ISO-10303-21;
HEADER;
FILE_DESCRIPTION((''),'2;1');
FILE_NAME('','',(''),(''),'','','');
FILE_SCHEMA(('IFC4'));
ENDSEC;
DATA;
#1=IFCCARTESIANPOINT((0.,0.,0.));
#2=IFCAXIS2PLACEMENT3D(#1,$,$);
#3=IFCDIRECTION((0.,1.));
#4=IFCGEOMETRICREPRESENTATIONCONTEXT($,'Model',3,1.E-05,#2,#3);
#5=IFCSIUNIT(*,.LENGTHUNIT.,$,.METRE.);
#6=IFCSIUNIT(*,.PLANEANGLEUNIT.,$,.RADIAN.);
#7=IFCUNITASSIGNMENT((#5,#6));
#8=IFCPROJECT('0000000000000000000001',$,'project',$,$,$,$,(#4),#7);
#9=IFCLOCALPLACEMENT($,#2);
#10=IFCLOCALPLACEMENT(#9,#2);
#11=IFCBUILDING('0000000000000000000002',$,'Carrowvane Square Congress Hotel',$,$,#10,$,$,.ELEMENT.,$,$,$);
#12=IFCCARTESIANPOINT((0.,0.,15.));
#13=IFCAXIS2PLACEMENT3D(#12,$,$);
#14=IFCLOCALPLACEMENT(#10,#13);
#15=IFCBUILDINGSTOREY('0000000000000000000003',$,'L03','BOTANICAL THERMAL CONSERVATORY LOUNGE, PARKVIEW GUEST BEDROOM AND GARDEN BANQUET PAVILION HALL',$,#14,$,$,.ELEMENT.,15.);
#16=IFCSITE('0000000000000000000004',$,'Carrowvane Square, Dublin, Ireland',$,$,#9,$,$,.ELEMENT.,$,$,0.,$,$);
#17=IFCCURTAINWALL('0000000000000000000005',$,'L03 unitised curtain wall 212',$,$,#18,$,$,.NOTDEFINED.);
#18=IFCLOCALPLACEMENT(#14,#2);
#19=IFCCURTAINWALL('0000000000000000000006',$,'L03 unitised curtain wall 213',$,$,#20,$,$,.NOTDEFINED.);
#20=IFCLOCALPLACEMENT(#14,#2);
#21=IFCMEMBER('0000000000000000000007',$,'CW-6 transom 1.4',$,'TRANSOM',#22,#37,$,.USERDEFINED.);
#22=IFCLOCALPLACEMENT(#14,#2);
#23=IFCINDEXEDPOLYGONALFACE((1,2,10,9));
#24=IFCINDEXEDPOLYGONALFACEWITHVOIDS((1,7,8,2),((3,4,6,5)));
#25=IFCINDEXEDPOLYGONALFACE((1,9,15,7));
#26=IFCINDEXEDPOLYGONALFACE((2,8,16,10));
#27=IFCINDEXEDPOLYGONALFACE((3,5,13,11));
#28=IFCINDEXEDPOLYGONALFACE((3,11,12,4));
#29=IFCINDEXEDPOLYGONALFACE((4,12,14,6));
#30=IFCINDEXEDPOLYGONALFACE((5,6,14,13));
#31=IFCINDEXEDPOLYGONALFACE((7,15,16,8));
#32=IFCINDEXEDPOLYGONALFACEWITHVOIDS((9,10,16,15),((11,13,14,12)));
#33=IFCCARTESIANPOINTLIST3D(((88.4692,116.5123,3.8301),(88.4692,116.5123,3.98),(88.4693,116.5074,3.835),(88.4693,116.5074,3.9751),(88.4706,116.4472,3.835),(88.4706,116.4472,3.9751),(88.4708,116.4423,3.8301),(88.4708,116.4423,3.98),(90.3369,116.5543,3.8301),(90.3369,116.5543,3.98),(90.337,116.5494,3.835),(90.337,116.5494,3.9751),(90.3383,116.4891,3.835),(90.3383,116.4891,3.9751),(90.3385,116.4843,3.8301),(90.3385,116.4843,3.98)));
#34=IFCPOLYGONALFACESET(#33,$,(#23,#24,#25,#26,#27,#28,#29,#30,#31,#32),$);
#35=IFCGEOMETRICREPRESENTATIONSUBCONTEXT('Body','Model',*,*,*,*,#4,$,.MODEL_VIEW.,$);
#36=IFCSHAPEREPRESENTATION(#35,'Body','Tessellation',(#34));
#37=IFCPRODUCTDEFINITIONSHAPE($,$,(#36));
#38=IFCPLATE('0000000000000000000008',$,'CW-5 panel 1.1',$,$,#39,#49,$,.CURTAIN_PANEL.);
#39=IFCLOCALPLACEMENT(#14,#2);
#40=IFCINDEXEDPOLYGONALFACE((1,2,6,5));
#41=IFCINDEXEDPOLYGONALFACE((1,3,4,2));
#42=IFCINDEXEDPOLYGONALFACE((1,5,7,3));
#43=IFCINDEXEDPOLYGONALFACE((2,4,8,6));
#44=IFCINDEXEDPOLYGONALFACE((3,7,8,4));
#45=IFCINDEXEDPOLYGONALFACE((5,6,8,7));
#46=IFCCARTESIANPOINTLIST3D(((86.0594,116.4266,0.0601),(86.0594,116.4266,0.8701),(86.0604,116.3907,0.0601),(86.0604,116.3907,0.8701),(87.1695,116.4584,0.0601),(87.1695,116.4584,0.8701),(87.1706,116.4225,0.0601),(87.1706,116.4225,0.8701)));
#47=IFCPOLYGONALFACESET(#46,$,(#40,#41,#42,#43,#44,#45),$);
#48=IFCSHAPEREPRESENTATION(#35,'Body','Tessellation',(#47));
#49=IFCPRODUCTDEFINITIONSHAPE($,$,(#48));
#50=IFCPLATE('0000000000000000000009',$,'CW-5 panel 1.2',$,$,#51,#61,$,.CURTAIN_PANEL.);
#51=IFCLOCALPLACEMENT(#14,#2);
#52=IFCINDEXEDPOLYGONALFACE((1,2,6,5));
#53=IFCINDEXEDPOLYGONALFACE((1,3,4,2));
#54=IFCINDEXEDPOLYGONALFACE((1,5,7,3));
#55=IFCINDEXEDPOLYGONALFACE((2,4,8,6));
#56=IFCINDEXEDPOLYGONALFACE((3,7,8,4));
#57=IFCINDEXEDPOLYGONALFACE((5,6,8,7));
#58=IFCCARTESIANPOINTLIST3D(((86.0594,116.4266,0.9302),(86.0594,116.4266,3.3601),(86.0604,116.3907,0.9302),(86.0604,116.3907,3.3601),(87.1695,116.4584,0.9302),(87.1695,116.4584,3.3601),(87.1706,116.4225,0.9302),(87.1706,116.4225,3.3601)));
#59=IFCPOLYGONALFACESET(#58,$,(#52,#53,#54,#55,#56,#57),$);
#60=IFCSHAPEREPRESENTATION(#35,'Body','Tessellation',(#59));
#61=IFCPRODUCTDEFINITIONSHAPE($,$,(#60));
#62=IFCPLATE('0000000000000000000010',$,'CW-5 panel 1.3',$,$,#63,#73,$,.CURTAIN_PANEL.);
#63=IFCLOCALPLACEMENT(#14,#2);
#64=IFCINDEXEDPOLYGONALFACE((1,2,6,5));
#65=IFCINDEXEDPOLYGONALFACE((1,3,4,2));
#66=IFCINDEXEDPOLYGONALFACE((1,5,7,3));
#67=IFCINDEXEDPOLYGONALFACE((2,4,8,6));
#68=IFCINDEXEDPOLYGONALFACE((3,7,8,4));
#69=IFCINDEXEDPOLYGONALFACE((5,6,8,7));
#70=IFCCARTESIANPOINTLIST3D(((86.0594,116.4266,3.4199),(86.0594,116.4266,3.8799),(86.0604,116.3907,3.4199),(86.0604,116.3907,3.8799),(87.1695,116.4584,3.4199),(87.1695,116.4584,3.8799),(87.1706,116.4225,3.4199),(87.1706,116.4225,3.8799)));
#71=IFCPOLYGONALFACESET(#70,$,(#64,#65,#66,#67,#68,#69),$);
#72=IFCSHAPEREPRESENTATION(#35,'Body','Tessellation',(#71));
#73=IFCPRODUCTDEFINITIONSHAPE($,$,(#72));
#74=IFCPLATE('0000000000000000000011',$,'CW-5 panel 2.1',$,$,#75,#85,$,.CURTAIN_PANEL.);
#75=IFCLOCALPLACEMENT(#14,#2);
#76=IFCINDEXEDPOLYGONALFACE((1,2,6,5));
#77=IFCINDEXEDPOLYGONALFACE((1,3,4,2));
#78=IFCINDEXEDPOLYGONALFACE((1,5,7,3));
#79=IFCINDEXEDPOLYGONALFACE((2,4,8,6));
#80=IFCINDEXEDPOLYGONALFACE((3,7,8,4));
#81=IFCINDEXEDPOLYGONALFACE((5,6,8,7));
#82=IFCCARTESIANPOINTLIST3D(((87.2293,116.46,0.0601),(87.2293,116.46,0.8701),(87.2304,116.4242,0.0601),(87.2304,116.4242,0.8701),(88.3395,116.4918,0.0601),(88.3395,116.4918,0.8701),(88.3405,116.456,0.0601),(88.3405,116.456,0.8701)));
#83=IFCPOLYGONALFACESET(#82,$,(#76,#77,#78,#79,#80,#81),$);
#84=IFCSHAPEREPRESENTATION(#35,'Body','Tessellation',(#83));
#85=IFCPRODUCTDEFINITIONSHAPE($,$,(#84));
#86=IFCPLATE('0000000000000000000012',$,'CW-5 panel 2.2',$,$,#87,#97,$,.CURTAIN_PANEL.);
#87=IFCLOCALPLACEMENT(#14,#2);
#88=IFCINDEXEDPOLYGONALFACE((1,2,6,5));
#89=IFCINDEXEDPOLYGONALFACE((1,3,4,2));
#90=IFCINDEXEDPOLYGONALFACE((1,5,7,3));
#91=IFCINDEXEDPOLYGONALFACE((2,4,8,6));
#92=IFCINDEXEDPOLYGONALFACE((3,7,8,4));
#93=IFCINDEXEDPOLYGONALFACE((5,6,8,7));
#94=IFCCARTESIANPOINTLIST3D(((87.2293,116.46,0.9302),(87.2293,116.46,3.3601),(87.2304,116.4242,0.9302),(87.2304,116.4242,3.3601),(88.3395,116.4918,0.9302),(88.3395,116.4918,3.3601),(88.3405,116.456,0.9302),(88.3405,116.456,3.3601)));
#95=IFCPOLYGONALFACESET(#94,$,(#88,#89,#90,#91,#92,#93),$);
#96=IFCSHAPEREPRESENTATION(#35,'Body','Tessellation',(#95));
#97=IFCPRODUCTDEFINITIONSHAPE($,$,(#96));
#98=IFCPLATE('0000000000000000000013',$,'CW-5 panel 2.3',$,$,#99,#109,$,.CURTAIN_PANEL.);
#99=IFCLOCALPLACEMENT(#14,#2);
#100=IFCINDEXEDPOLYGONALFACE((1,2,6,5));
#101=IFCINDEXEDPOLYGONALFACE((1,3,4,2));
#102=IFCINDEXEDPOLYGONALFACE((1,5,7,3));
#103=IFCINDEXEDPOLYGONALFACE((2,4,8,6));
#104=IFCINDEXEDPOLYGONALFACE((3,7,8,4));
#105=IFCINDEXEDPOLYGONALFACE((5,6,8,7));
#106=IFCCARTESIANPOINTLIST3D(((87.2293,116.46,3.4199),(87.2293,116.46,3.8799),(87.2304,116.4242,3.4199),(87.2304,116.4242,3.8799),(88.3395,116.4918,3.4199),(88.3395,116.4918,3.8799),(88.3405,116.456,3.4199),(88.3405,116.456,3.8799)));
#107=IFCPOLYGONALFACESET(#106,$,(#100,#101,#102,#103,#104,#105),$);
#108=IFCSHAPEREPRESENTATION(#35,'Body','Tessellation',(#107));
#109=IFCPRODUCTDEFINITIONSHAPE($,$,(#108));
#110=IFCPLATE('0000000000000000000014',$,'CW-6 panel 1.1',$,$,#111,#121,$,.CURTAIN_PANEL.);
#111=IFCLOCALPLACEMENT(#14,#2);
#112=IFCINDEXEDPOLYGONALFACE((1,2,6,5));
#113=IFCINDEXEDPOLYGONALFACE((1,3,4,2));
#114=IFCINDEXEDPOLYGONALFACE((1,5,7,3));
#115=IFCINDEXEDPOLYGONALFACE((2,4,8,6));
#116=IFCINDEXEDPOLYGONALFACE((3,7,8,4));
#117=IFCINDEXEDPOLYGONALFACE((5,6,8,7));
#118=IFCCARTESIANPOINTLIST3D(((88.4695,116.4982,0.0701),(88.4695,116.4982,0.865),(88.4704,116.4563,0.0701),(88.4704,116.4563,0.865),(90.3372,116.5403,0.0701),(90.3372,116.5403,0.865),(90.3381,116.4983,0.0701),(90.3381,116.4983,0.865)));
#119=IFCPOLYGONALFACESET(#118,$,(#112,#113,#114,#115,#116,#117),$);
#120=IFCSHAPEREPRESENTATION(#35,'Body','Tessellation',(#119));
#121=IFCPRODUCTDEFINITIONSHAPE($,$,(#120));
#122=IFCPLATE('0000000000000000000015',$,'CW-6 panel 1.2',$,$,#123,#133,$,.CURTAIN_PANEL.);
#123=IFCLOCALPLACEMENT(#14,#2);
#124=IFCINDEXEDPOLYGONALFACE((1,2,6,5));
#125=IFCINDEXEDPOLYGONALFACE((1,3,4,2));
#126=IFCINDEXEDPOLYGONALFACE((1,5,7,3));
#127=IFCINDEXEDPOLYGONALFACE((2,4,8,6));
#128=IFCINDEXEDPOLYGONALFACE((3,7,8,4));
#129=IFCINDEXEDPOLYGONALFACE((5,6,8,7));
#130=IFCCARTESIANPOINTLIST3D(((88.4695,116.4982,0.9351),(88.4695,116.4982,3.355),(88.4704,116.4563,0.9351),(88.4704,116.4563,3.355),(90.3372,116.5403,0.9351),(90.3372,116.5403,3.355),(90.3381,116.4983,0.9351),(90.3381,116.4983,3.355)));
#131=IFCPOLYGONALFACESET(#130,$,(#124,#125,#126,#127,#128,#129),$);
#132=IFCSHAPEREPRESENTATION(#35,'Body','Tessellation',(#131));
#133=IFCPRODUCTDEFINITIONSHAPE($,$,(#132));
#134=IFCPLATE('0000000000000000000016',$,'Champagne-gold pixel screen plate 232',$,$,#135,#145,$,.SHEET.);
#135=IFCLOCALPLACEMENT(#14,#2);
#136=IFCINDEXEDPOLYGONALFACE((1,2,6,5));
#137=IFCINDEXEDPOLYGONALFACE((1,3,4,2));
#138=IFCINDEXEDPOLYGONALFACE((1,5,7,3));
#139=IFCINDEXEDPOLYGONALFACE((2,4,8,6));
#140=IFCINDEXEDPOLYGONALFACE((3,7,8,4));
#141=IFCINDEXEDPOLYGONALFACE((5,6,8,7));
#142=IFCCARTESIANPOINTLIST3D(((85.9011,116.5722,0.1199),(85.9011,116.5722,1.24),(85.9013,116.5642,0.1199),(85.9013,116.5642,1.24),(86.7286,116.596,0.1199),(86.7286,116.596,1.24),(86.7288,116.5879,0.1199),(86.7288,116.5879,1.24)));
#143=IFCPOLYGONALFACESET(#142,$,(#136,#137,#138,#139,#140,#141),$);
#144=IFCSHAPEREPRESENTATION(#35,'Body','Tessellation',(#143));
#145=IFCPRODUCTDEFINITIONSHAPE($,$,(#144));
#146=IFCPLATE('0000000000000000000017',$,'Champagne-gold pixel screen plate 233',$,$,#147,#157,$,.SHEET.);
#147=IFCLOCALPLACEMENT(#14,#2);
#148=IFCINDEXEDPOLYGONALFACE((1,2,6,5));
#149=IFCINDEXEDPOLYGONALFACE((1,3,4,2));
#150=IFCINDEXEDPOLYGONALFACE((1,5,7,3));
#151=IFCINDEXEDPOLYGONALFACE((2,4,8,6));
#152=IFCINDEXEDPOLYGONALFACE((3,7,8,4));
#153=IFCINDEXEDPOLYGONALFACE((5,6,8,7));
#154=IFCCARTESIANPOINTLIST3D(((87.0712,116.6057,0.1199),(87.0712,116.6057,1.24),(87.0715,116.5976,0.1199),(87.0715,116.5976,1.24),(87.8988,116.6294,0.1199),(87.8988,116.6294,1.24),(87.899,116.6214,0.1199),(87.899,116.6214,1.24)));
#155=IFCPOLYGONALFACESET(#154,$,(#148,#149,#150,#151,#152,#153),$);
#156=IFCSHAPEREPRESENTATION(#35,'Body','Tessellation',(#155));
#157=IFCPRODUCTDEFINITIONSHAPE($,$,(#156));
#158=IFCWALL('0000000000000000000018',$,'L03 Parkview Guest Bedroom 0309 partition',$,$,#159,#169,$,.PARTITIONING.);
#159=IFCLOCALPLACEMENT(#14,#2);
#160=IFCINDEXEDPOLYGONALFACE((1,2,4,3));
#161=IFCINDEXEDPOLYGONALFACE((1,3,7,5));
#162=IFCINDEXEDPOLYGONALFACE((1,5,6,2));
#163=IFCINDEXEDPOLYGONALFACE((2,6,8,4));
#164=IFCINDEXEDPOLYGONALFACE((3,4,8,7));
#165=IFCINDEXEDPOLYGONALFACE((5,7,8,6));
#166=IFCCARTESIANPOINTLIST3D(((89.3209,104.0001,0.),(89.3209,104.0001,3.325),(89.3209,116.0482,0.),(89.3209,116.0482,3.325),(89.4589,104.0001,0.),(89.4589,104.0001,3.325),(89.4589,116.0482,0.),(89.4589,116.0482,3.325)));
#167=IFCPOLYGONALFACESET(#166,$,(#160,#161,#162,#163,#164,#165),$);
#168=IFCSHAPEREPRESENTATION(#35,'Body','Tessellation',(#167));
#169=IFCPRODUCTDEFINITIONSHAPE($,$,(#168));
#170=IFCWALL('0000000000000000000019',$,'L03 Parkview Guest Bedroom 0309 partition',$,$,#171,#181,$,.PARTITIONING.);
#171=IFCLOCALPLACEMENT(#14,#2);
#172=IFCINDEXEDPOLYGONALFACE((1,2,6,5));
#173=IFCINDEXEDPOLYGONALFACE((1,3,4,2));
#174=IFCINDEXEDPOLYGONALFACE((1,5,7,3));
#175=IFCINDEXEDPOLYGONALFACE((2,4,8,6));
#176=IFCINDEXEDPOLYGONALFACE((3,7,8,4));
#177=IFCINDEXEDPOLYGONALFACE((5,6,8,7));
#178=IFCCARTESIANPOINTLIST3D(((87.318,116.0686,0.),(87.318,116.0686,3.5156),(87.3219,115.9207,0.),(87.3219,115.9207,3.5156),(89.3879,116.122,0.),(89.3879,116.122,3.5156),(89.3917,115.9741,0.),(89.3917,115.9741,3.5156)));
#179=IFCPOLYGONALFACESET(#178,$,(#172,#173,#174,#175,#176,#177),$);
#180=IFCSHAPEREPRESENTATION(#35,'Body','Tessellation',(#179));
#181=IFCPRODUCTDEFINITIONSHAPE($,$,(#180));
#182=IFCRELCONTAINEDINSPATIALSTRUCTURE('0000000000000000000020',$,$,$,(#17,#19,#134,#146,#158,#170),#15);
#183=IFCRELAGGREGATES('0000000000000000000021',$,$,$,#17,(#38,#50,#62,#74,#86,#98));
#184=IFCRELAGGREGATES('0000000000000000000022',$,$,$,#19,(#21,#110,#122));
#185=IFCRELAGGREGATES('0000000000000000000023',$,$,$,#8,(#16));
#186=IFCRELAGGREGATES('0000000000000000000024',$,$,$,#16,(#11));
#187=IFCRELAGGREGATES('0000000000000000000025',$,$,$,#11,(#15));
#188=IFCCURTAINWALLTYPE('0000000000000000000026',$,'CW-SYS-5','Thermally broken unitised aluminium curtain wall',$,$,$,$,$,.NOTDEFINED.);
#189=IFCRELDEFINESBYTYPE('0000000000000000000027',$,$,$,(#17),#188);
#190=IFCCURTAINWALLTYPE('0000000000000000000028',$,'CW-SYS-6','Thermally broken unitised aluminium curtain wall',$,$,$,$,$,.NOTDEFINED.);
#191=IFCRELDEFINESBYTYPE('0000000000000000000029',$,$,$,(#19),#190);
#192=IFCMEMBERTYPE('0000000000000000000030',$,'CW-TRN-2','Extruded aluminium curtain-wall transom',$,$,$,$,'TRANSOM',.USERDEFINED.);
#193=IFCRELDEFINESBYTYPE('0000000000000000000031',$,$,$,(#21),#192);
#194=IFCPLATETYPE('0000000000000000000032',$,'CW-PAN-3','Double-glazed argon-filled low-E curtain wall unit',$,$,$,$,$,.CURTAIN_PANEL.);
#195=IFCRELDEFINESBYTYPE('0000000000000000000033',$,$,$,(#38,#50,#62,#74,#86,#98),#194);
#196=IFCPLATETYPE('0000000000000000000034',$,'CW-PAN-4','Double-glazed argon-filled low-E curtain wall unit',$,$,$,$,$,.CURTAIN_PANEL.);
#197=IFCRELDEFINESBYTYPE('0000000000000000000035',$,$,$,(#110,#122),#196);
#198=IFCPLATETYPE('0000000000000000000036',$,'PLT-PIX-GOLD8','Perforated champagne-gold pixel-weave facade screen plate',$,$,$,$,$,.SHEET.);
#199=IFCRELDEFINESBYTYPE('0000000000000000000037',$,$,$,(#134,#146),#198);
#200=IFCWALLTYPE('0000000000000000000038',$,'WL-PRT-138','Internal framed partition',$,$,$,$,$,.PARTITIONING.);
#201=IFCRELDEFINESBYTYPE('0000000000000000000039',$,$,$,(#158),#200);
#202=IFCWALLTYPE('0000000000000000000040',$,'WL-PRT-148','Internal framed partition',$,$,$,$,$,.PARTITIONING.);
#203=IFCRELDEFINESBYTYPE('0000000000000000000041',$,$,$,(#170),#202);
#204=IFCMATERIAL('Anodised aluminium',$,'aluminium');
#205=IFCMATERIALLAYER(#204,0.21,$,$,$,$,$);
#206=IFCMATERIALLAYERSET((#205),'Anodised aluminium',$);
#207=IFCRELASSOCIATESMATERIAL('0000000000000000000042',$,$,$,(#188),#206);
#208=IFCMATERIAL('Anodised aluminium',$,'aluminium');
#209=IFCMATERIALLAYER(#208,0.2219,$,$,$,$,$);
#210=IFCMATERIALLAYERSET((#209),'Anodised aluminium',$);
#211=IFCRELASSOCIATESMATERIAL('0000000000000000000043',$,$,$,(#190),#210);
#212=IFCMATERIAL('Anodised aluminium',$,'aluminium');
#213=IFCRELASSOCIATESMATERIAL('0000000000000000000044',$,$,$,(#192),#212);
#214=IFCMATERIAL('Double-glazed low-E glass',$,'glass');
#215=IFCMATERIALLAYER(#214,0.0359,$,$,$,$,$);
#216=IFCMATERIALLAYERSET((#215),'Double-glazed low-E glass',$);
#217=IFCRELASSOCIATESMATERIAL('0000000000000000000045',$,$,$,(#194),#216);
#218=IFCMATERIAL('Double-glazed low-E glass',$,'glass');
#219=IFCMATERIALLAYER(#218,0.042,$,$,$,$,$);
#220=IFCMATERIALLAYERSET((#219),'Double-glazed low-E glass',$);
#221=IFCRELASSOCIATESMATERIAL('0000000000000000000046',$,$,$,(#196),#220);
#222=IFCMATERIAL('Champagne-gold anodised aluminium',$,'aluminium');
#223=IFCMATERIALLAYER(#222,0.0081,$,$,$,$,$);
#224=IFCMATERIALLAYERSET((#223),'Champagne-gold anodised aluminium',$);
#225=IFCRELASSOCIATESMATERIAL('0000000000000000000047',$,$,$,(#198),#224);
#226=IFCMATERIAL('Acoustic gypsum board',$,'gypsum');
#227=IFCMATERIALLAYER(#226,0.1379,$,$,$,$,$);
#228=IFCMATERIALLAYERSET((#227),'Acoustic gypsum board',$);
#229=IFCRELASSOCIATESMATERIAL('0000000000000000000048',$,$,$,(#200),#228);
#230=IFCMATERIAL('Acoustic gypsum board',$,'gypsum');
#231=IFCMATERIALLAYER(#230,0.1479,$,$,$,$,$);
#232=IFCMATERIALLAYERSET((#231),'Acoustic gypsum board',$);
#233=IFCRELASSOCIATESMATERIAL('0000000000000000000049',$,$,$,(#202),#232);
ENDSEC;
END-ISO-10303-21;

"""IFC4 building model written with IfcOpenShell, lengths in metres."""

from ifc_helpers import new_model, si_unit, direction, frame, frame_2d, origin, origin_2d, place, context, subcontext, project, spatial, rectangle, hollow_rectangle, extrude, material, layer, layer_set, material_profile, profile_set, type_object, element, aggregate, save


model = new_model("IFC4")

# Units and contexts
model_context = context("Model", 3, precision=1e-05, world=origin(), true_north=direction((0.0, 1.0)))
body_context = subcontext(model_context, "Body", "Model", "MODEL_VIEW")
ifc_project = project(units=[si_unit("LENGTHUNIT", "METRE"), si_unit("PLANEANGLEUNIT", "RADIAN")], contexts=[model_context])

# Site, building, storey
site_placement = place(None, origin())
site = spatial("IfcSite", under=ifc_project, at=site_placement, Name="Carrowvane Square, Dublin, Ireland", CompositionType="ELEMENT", RefElevation=0.0)
building_placement = place(site_placement, origin())
building = spatial("IfcBuilding", under=site, at=building_placement, Name="Carrowvane Square Congress Hotel", CompositionType="ELEMENT")
storey_placement = place(building_placement, frame((0.0, 0.0, 15.0)))
storey = spatial("IfcBuildingStorey", under=building, at=storey_placement, Name="L03", Description="BOTANICAL THERMAL CONSERVATORY LOUNGE, PARKVIEW GUEST BEDROOM AND GARDEN BANQUET PAVILION HALL", CompositionType="ELEMENT", Elevation=15.0)

# Curtain wall
ifc_material_1 = material(Name="Anodised aluminium", Category="aluminium")
ifc_layer_1 = layer(ifc_material_1, 0.21)
ifc_layer_set_1 = layer_set([ifc_layer_1], Name="Anodised aluminium")
curtain_wall_type_1 = type_object("IfcCurtainWallType", Name="CW-SYS-5", Description="Thermally broken unitised aluminium curtain wall", PredefinedType="NOTDEFINED", material=ifc_layer_set_1)
curtain_wall_1_placement = place(storey_placement, origin())
curtain_wall_1 = element("IfcCurtainWall", 1, at=curtain_wall_1_placement, inside=storey, type_object=curtain_wall_type_1, Name="L03 unitised curtain wall 212", PredefinedType="NOTDEFINED")

# Curtain wall
ifc_material_2 = material(Name="Anodised aluminium", Category="aluminium")
ifc_layer_2 = layer(ifc_material_2, 0.2219)
ifc_layer_set_2 = layer_set([ifc_layer_2], Name="Anodised aluminium")
curtain_wall_type_2 = type_object("IfcCurtainWallType", Name="CW-SYS-6", Description="Thermally broken unitised aluminium curtain wall", PredefinedType="NOTDEFINED", material=ifc_layer_set_2)
curtain_wall_2_placement = place(storey_placement, origin())
curtain_wall_2 = element("IfcCurtainWall", 2, at=curtain_wall_2_placement, inside=storey, type_object=curtain_wall_type_2, Name="L03 unitised curtain wall 213", PredefinedType="NOTDEFINED")

# Member
ifc_material_3 = material(Name="Anodised aluminium", Category="aluminium")
ifc_material_profile_1 = material_profile(ifc_material_3, hollow_rectangle(XDim=0.0701, YDim=0.1499, WallThickness=0.0049, at=origin_2d()), Name="CW-TR 70x150x5")
ifc_profile_set_1 = profile_set([ifc_material_profile_1], Name="Anodised aluminium")
member_type_1 = type_object("IfcMemberType", Name="CW-TRN-2", Description="Extruded aluminium curtain-wall transom", ElementType="TRANSOM", PredefinedType="USERDEFINED", material=ifc_profile_set_1)
member_1_placement = place(storey_placement, frame((88.47, 116.4773, 3.905), z_axis=(0.999747, 0.022478, 0.0), x_axis=(-0.022478, 0.999747, 0.0)))
member_1 = element("IfcMember", 3, at=member_1_placement, type_object=member_type_1, Name="CW-6 transom 1.4", ObjectType="TRANSOM", PredefinedType="USERDEFINED", context=body_context, shape_type="SweptSolid", body=[
    extrude(hollow_rectangle(XDim=0.0701, YDim=0.1499, WallThickness=0.0049, at=origin_2d()), origin(), (0.0, 0.0, 1.0), 1.8682),
])

# Plates
ifc_material_4 = material(Name="Double-glazed low-E glass", Category="glass")
ifc_layer_3 = layer(ifc_material_4, 0.0359)
ifc_layer_set_3 = layer_set([ifc_layer_3], Name="Double-glazed low-E glass")
plate_type_1 = type_object("IfcPlateType", Name="CW-PAN-3", Description="Double-glazed argon-filled low-E curtain wall unit", PredefinedType="CURTAIN_PANEL", material=ifc_layer_set_3)
plate_1_placement = place(storey_placement, frame((86.615, 116.4246, 0.0601), z_axis=(0.0, 0.0, 1.0), x_axis=(0.99959, 0.028638, 0.0)))
plate_1 = element("IfcPlate", 4, at=plate_1_placement, type_object=plate_type_1, Name="CW-5 panel 1.1", PredefinedType="CURTAIN_PANEL", context=body_context, shape_type="SweptSolid", body=[
    extrude(rectangle(XDim=1.1106, YDim=0.0359, at=origin_2d()), origin(), (0.0, 0.0, 1.0), 0.8101),
])
plate_2_placement = place(storey_placement, frame((86.615, 116.4246, 0.9302), z_axis=(0.0, 0.0, 1.0), x_axis=(0.99959, 0.028638, 0.0)))
plate_2 = element("IfcPlate", 5, at=plate_2_placement, type_object=plate_type_1, Name="CW-5 panel 1.2", PredefinedType="CURTAIN_PANEL", context=body_context, shape_type="SweptSolid", body=[
    extrude(rectangle(XDim=1.1106, YDim=0.0359, at=origin_2d()), origin(), (0.0, 0.0, 1.0), 2.4299),
])
plate_3_placement = place(storey_placement, frame((86.615, 116.4246, 3.4199), z_axis=(0.0, 0.0, 1.0), x_axis=(0.99959, 0.028638, 0.0)))
plate_3 = element("IfcPlate", 6, at=plate_3_placement, type_object=plate_type_1, Name="CW-5 panel 1.3", PredefinedType="CURTAIN_PANEL", context=body_context, shape_type="SweptSolid", body=[
    extrude(rectangle(XDim=1.1106, YDim=0.0359, at=origin_2d()), origin(), (0.0, 0.0, 1.0), 0.46),
])
plate_4_placement = place(storey_placement, frame((87.7849, 116.458, 0.0601), z_axis=(0.0, 0.0, 1.0), x_axis=(0.99959, 0.028638, 0.0)))
plate_4 = element("IfcPlate", 7, at=plate_4_placement, type_object=plate_type_1, Name="CW-5 panel 2.1", PredefinedType="CURTAIN_PANEL", context=body_context, shape_type="SweptSolid", body=[
    extrude(rectangle(XDim=1.1106, YDim=0.0359, at=origin_2d()), origin(), (0.0, 0.0, 1.0), 0.8101),
])
plate_5_placement = place(storey_placement, frame((87.7849, 116.458, 0.9302), z_axis=(0.0, 0.0, 1.0), x_axis=(0.99959, 0.028638, 0.0)))
plate_5 = element("IfcPlate", 8, at=plate_5_placement, type_object=plate_type_1, Name="CW-5 panel 2.2", PredefinedType="CURTAIN_PANEL", context=body_context, shape_type="SweptSolid", body=[
    extrude(rectangle(XDim=1.1106, YDim=0.0359, at=origin_2d()), origin(), (0.0, 0.0, 1.0), 2.4299),
])
plate_6_placement = place(storey_placement, frame((87.7849, 116.458, 3.4199), z_axis=(0.0, 0.0, 1.0), x_axis=(0.99959, 0.028638, 0.0)))
plate_6 = element("IfcPlate", 9, at=plate_6_placement, type_object=plate_type_1, Name="CW-5 panel 2.3", PredefinedType="CURTAIN_PANEL", context=body_context, shape_type="SweptSolid", body=[
    extrude(rectangle(XDim=1.1106, YDim=0.0359, at=origin_2d()), origin(), (0.0, 0.0, 1.0), 0.46),
])
aggregate(curtain_wall_1, [plate_1, plate_2, plate_3, plate_4, plate_5, plate_6])
ifc_material_5 = material(Name="Double-glazed low-E glass", Category="glass")
ifc_layer_4 = layer(ifc_material_5, 0.042)
ifc_layer_set_4 = layer_set([ifc_layer_4], Name="Double-glazed low-E glass")
plate_type_2 = type_object("IfcPlateType", Name="CW-PAN-4", Description="Double-glazed argon-filled low-E curtain wall unit", PredefinedType="CURTAIN_PANEL", material=ifc_layer_set_4)
plate_7_placement = place(storey_placement, frame((89.4038, 116.4983, 0.0701), z_axis=(0.0, 0.0, 1.0), x_axis=(0.999746, 0.022518, 0.0)))
plate_7 = element("IfcPlate", 10, at=plate_7_placement, type_object=plate_type_2, Name="CW-6 panel 1.1", PredefinedType="CURTAIN_PANEL", context=body_context, shape_type="SweptSolid", body=[
    extrude(rectangle(XDim=1.8682, YDim=0.042, at=origin_2d()), origin(), (0.0, 0.0, 1.0), 0.7949),
])
plate_8_placement = place(storey_placement, frame((89.4038, 116.4983, 0.9351), z_axis=(0.0, 0.0, 1.0), x_axis=(0.999746, 0.022518, 0.0)))
plate_8 = element("IfcPlate", 11, at=plate_8_placement, type_object=plate_type_2, Name="CW-6 panel 1.2", PredefinedType="CURTAIN_PANEL", context=body_context, shape_type="SweptSolid", body=[
    extrude(rectangle(XDim=1.8682, YDim=0.042, at=origin_2d()), origin(), (0.0, 0.0, 1.0), 2.4199),
])
aggregate(curtain_wall_2, [member_1, plate_7, plate_8])

# Plates
ifc_material_6 = material(Name="Champagne-gold anodised aluminium", Category="aluminium")
ifc_layer_5 = layer(ifc_material_6, 0.0081)
ifc_layer_set_5 = layer_set([ifc_layer_5], Name="Champagne-gold anodised aluminium")
plate_type_3 = type_object("IfcPlateType", Name="PLT-PIX-GOLD8", Description="Perforated champagne-gold pixel-weave facade screen plate", PredefinedType="SHEET", material=ifc_layer_set_5)
for number, where, z_axis, x_axis, name in (
    (12, (86.3149, 116.5801, 0.1199), (0.0, 0.0, 1.0), (0.99959, 0.028639, 0.0), "Champagne-gold pixel screen plate 232"),
    (13, (87.4851, 116.6135, 0.1199), (0.0, 0.0, 1.0), (0.99959, 0.028639, 0.0), "Champagne-gold pixel screen plate 233"),
):
    element("IfcPlate", number, at=place(storey_placement, frame(where, z_axis=z_axis, x_axis=x_axis)), inside=storey, type_object=plate_type_3, Name=name, PredefinedType="SHEET", context=body_context, shape_type="SweptSolid", body=[
        extrude(rectangle(XDim=0.8279, YDim=0.0081, at=origin_2d()), origin(), (0.0, 0.0, 1.0), 1.1201),
    ])

# Walls
ifc_material_7 = material(Name="Acoustic gypsum board", Category="gypsum")
ifc_layer_6 = layer(ifc_material_7, 0.1379)
ifc_layer_set_6 = layer_set([ifc_layer_6], Name="Acoustic gypsum board")
wall_type_1 = type_object("IfcWallType", Name="WL-PRT-138", Description="Internal framed partition", PredefinedType="PARTITIONING", material=ifc_layer_set_6)
wall_1_placement = place(storey_placement, frame((89.3899, 116.0481, 0.0), z_axis=(0.0, 0.0, 1.0), x_axis=(0.0, -1.0, 0.0)))
element("IfcWall", 14, at=wall_1_placement, inside=storey, type_object=wall_type_1, Name="L03 Parkview Guest Bedroom 0309 partition", PredefinedType="PARTITIONING", context=body_context, shape_type="SweptSolid", body=[
    extrude(rectangle(XDim=12.0481, YDim=0.1379, at=frame_2d((6.0239, 0.0))), origin(), (0.0, 0.0, 1.0), 3.325),
])
ifc_material_8 = material(Name="Acoustic gypsum board", Category="gypsum")
ifc_layer_7 = layer(ifc_material_8, 0.1479)
ifc_layer_set_7 = layer_set([ifc_layer_7], Name="Acoustic gypsum board")
wall_type_2 = type_object("IfcWallType", Name="WL-PRT-148", Description="Internal framed partition", PredefinedType="PARTITIONING", material=ifc_layer_set_7)
wall_2_placement = place(storey_placement, frame((87.3201, 115.9946, 0.0), z_axis=(0.0, 0.0, 1.0), x_axis=(0.999667, 0.025823, 0.0)))
element("IfcWall", 15, at=wall_2_placement, inside=storey, type_object=wall_type_2, Name="L03 Parkview Guest Bedroom 0309 partition", PredefinedType="PARTITIONING", context=body_context, shape_type="SweptSolid", body=[
    extrude(rectangle(XDim=2.0706, YDim=0.1479, at=frame_2d((1.0352, 0.0))), origin(), (0.0, 0.0, 1.0), 3.5156),
])

save(model, "model.ifc")
